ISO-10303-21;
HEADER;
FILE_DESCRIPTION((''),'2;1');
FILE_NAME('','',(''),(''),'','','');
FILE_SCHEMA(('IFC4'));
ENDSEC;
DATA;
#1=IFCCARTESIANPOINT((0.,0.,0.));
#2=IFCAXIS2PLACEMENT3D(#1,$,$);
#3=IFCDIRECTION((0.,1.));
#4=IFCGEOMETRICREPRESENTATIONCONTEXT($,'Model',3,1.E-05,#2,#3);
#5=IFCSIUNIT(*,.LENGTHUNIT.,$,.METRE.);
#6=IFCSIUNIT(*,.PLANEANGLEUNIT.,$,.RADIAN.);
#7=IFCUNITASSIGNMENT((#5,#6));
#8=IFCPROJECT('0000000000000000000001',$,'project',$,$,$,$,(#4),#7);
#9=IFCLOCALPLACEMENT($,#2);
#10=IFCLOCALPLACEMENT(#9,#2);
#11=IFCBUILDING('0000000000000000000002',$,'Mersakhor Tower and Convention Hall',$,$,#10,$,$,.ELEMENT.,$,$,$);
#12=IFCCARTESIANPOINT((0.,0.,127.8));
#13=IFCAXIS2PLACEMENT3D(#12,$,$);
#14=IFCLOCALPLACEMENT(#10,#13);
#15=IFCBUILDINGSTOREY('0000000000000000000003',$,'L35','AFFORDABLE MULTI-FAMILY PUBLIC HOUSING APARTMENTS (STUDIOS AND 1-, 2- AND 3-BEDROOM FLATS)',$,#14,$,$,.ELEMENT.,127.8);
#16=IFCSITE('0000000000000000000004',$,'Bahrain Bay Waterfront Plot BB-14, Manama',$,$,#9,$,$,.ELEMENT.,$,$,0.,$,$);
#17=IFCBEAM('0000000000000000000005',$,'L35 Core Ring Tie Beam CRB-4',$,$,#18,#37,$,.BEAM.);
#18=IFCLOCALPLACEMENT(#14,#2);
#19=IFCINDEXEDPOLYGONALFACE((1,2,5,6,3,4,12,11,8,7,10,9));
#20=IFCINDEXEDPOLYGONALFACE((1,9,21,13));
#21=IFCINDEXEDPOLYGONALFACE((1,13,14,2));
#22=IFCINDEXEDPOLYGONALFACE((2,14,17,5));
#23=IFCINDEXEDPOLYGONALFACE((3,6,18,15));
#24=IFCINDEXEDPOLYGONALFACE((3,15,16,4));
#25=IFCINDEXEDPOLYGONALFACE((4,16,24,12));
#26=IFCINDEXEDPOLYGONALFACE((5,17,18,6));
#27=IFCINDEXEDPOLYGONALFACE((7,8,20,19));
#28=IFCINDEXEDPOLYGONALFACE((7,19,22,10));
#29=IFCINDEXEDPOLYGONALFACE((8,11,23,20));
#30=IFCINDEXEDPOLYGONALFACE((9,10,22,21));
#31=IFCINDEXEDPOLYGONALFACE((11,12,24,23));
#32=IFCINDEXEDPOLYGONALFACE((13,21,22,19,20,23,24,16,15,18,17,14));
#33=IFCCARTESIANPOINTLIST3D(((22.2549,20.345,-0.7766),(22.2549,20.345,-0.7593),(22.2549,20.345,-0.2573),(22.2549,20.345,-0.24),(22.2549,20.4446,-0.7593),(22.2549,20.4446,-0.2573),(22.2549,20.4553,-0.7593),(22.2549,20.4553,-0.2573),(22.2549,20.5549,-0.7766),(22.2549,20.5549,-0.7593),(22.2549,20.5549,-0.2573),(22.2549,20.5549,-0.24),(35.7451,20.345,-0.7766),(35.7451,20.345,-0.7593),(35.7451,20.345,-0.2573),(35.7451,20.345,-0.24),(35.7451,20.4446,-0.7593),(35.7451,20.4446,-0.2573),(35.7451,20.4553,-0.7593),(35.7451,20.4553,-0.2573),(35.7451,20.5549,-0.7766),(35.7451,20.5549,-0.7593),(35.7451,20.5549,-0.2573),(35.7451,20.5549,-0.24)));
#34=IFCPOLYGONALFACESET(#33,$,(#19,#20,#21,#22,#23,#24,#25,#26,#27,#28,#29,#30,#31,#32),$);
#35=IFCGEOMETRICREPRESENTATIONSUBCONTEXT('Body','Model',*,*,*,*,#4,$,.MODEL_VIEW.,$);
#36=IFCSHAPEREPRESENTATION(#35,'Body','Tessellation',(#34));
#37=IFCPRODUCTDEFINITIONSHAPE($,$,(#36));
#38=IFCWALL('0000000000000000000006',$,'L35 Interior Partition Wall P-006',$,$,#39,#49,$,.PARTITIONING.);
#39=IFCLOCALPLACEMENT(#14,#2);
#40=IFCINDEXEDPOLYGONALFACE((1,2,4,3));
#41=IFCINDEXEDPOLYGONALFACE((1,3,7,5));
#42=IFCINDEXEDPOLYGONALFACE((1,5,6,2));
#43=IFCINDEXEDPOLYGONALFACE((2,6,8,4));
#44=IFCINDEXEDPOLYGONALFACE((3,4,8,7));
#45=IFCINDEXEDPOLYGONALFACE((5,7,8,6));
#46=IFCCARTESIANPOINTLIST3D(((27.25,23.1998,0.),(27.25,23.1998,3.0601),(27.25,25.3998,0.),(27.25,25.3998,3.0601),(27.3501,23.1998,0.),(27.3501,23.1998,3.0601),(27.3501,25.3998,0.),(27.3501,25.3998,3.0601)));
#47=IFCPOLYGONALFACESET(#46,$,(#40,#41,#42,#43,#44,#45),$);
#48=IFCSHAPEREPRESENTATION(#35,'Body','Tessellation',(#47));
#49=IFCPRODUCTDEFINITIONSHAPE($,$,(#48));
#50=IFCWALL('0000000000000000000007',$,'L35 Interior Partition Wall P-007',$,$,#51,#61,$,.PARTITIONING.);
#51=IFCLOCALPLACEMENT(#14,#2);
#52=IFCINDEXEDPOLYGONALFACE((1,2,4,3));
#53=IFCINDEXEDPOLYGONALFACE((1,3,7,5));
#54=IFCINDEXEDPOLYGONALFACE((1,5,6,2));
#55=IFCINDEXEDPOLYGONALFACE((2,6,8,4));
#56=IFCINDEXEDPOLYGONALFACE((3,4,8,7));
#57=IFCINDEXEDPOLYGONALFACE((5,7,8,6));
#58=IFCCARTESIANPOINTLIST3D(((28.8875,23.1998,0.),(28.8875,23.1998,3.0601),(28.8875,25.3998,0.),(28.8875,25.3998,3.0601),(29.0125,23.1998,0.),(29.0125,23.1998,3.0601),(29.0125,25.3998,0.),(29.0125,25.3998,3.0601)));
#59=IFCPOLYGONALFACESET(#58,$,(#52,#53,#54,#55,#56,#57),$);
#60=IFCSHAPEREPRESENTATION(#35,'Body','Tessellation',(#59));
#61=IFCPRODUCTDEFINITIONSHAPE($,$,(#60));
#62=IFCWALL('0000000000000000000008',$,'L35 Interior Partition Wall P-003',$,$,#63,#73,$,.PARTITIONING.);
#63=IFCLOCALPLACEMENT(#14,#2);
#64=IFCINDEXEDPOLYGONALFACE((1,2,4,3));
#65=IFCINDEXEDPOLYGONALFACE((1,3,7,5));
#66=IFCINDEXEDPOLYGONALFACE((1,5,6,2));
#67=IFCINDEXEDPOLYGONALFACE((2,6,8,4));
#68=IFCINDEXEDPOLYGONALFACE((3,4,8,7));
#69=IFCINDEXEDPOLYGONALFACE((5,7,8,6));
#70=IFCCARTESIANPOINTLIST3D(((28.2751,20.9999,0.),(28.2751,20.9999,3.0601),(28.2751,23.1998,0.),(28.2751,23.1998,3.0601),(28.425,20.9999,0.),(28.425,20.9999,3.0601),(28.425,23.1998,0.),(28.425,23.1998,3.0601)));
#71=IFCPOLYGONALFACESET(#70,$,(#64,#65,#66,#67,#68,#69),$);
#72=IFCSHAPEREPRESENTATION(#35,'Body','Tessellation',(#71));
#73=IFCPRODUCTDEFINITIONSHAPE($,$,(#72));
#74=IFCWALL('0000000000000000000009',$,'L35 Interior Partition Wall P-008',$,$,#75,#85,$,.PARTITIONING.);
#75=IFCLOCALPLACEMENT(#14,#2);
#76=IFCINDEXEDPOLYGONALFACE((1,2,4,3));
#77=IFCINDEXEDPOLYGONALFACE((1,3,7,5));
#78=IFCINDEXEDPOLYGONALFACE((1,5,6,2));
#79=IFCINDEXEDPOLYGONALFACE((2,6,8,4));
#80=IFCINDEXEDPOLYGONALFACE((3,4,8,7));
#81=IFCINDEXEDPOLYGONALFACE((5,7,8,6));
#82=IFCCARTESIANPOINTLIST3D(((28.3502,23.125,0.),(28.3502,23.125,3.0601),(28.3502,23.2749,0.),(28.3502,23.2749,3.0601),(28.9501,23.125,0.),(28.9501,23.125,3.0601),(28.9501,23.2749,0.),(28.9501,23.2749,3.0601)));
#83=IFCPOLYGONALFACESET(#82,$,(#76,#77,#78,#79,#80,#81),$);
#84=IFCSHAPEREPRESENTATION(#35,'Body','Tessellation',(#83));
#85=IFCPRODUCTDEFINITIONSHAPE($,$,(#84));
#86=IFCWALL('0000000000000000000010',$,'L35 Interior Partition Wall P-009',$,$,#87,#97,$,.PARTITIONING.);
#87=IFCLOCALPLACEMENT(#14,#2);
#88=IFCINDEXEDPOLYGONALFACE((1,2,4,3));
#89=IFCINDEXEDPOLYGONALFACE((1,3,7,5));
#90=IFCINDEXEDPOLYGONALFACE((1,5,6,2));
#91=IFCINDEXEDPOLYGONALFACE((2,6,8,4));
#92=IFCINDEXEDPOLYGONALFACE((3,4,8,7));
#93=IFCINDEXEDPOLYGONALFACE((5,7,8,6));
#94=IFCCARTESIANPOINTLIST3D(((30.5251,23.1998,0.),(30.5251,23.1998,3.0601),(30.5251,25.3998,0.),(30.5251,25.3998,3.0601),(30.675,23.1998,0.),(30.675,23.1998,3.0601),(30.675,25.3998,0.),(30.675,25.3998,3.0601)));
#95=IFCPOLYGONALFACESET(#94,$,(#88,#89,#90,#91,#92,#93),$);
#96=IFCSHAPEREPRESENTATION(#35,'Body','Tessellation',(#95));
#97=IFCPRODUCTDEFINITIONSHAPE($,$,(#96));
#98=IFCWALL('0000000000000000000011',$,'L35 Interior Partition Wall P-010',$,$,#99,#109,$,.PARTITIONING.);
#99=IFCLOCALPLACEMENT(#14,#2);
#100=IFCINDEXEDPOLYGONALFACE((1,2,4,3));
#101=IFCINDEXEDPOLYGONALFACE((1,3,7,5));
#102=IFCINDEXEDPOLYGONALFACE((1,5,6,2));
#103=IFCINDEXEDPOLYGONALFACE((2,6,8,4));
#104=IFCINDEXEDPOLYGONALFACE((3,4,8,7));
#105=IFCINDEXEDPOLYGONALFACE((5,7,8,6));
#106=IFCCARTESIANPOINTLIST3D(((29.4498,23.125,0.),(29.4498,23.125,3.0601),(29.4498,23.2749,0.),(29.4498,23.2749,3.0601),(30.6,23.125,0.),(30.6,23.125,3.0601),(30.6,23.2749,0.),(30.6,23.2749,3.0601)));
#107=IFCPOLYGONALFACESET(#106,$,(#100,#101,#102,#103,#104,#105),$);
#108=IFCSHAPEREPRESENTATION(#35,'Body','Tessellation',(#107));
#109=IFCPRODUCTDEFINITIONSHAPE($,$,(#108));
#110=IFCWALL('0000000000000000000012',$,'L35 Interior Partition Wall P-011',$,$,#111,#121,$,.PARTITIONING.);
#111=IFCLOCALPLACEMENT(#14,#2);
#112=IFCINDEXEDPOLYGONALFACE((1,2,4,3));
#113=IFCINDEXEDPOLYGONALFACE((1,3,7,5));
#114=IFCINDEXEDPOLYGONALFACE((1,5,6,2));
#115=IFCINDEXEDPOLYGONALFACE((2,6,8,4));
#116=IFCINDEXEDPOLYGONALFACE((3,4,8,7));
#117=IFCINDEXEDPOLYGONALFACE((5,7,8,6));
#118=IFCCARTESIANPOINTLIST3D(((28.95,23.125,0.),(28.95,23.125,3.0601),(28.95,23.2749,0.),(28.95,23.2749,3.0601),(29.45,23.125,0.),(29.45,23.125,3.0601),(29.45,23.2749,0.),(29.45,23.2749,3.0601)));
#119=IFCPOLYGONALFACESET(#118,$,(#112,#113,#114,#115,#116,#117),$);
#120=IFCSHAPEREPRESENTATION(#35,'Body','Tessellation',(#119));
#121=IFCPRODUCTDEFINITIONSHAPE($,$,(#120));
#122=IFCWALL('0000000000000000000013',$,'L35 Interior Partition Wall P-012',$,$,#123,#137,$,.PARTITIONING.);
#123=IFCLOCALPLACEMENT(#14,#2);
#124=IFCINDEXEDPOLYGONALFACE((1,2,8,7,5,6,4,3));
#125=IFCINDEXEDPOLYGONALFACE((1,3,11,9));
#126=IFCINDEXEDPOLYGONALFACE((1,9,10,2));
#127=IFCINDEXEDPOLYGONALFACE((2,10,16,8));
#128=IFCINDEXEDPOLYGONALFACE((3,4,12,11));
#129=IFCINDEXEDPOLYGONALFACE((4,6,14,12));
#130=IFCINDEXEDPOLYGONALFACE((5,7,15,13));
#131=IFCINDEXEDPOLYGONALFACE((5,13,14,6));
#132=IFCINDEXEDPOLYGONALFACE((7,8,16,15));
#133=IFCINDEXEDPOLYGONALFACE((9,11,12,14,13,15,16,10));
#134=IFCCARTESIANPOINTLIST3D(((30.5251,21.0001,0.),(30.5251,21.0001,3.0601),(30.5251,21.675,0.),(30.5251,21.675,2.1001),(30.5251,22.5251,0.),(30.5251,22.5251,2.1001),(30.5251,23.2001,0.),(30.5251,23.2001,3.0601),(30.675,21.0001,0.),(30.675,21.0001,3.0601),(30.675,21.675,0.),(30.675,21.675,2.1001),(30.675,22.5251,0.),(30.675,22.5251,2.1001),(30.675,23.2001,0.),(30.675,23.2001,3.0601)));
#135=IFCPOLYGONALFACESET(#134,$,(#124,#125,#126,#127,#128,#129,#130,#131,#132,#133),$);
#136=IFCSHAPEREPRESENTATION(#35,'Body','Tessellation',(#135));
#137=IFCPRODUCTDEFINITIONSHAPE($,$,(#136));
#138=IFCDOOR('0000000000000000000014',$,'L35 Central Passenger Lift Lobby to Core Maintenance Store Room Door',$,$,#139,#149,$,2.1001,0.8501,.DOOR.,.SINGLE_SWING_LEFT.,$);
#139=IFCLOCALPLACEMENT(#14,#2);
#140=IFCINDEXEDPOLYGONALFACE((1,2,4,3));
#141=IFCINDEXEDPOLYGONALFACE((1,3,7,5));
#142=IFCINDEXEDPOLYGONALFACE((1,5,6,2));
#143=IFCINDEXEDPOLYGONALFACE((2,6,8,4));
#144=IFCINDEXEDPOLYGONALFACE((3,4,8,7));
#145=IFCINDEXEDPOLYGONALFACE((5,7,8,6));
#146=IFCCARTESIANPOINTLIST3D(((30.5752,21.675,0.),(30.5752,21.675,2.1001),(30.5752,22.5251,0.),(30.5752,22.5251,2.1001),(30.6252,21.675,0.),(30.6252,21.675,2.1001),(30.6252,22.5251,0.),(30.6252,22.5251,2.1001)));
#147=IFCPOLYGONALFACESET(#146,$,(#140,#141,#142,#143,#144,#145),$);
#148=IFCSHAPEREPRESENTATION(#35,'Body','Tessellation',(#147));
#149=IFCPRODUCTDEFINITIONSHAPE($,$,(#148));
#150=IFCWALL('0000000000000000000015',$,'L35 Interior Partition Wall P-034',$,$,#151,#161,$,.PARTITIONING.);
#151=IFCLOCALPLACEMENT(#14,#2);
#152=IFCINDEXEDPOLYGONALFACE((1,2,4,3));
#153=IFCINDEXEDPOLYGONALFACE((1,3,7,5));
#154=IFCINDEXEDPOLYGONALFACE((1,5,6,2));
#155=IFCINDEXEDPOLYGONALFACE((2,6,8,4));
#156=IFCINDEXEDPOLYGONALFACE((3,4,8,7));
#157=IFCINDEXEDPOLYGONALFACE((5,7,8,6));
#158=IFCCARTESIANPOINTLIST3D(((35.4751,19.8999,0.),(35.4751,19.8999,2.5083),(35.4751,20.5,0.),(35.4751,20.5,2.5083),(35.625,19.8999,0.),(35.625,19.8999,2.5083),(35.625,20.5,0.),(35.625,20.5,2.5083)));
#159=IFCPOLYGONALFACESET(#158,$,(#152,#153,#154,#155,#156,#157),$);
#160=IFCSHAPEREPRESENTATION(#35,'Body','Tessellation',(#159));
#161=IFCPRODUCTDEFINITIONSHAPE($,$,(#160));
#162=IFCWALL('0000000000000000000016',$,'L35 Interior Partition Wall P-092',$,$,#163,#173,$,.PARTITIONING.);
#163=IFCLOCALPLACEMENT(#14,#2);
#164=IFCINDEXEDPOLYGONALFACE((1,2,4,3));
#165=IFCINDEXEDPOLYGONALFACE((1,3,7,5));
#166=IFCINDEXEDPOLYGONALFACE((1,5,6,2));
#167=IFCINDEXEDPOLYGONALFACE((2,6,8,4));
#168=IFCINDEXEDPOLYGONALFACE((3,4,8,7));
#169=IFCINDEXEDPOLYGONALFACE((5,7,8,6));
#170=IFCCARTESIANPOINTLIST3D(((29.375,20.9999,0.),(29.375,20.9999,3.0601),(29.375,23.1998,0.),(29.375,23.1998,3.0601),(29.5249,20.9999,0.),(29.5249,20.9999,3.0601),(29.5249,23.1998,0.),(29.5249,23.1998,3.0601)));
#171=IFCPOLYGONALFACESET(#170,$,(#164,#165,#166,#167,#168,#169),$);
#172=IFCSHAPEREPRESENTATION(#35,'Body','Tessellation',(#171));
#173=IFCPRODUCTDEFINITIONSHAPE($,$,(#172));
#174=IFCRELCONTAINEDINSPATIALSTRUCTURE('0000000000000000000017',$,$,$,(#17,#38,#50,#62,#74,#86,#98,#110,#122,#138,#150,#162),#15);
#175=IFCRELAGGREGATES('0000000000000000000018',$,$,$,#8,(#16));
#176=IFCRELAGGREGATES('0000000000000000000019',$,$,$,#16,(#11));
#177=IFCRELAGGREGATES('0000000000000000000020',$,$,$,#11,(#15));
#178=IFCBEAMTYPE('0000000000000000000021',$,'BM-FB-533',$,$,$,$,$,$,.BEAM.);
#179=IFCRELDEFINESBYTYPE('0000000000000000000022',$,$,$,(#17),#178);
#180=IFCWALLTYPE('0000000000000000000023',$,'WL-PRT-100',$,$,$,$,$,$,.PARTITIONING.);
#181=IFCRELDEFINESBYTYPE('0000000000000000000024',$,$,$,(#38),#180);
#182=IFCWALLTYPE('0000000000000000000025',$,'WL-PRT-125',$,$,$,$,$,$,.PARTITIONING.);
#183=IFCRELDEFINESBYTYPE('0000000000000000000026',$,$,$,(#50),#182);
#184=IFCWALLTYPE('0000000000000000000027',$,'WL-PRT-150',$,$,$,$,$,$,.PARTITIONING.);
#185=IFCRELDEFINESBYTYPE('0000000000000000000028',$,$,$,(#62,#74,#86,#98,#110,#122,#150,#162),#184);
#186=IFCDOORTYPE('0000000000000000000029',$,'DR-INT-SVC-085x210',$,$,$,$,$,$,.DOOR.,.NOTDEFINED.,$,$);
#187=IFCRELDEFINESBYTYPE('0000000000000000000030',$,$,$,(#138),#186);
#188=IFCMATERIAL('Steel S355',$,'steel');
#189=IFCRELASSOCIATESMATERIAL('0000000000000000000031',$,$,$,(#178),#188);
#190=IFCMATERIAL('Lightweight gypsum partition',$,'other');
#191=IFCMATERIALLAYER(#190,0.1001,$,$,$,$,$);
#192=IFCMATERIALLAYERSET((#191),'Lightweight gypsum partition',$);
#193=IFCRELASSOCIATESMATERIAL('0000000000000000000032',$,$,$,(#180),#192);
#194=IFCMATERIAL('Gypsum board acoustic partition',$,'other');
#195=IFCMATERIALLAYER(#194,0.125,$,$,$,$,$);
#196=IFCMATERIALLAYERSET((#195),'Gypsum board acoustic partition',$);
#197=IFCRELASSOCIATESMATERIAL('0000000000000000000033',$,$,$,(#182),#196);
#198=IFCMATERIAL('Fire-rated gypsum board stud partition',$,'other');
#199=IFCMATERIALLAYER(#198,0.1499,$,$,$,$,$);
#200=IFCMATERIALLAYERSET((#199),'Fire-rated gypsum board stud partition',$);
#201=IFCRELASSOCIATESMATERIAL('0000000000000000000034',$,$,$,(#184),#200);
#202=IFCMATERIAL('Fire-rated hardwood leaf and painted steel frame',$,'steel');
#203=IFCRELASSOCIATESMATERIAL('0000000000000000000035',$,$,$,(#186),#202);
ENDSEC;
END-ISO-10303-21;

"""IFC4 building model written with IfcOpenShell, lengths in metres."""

from ifc_helpers import new_model, si_unit, direction, frame, frame_2d, origin, origin_2d, place, context, subcontext, project, spatial, rectangle, i_section, extrude, material, layer, layer_set, material_profile, profile_set, type_object, element, fill, save


model = new_model("IFC4")

# Units and contexts
model_context = context("Model", 3, precision=1e-05, world=origin(), true_north=direction((0.0, 1.0)))
body_context = subcontext(model_context, "Body", "Model", "MODEL_VIEW")
ifc_project = project(units=[si_unit("LENGTHUNIT", "METRE"), si_unit("PLANEANGLEUNIT", "RADIAN")], contexts=[model_context])

# Site, building, storey
site_placement = place(None, origin())
site = spatial("IfcSite", under=ifc_project, at=site_placement, Name="Bahrain Bay Waterfront Plot BB-14, Manama", CompositionType="ELEMENT", RefElevation=0.0)
building_placement = place(site_placement, origin())
building = spatial("IfcBuilding", under=site, at=building_placement, Name="Mersakhor Tower and Convention Hall", CompositionType="ELEMENT")
storey_placement = place(building_placement, frame((0.0, 0.0, 127.8)))
storey = spatial("IfcBuildingStorey", under=building, at=storey_placement, Name="L35", Description="AFFORDABLE MULTI-FAMILY PUBLIC HOUSING APARTMENTS (STUDIOS AND 1-, 2- AND 3-BEDROOM FLATS)", CompositionType="ELEMENT", Elevation=127.8)

# Beam
ifc_material_1 = material(Name="Steel S355", Category="steel")
ifc_material_profile = material_profile(ifc_material_1, i_section(OverallWidth=0.21, OverallDepth=0.5366, WebThickness=0.0107, FlangeThickness=0.0173, at=origin_2d()), Name="UB 533x210x101")
ifc_profile_set = profile_set([ifc_material_profile], Name="Steel S355")
beam_type = type_object("IfcBeamType", Name="BM-FB-533", PredefinedType="BEAM", material=ifc_profile_set)
beam_placement = place(storey_placement, frame((35.7451, 20.45, -0.5083), z_axis=(-1.0, 0.0, 0.0), x_axis=(0.0, -1.0, 0.0)))
element("IfcBeam", 1, at=beam_placement, inside=storey, type_object=beam_type, Name="L35 Core Ring Tie Beam CRB-4", PredefinedType="BEAM", context=body_context, shape_type="SweptSolid", body=[
    extrude(i_section(OverallWidth=0.21, OverallDepth=0.5366, WebThickness=0.0107, FlangeThickness=0.0173, at=origin_2d()), origin(), (0.0, 0.0, 1.0), 13.4902),
])

# Walls
ifc_material_2 = material(Name="Lightweight gypsum partition", Category="other")
ifc_layer_1 = layer(ifc_material_2, 0.1001)
ifc_layer_set_1 = layer_set([ifc_layer_1], Name="Lightweight gypsum partition")
wall_type_1 = type_object("IfcWallType", Name="WL-PRT-100", PredefinedType="PARTITIONING", material=ifc_layer_set_1)
wall_1_placement = place(storey_placement, frame((27.3, 25.3999, 0.0), z_axis=(0.0, 0.0, 1.0), x_axis=(0.0, -1.0, 0.0)))
element("IfcWall", 2, at=wall_1_placement, inside=storey, type_object=wall_type_1, Name="L35 Interior Partition Wall P-006", PredefinedType="PARTITIONING", context=body_context, shape_type="SweptSolid", body=[
    extrude(rectangle(XDim=2.2, YDim=0.1001, at=frame_2d((1.1001, 0.0))), origin(), (0.0, 0.0, 1.0), 3.0601),
])
ifc_material_3 = material(Name="Gypsum board acoustic partition", Category="other")
ifc_layer_2 = layer(ifc_material_3, 0.125)
ifc_layer_set_2 = layer_set([ifc_layer_2], Name="Gypsum board acoustic partition")
wall_type_2 = type_object("IfcWallType", Name="WL-PRT-125", PredefinedType="PARTITIONING", material=ifc_layer_set_2)
wall_2_placement = place(storey_placement, frame((28.95, 25.3999, 0.0), z_axis=(0.0, 0.0, 1.0), x_axis=(0.0, -1.0, 0.0)))
element("IfcWall", 3, at=wall_2_placement, inside=storey, type_object=wall_type_2, Name="L35 Interior Partition Wall P-007", PredefinedType="PARTITIONING", context=body_context, shape_type="SweptSolid", body=[
    extrude(rectangle(XDim=2.2, YDim=0.125, at=frame_2d((1.1001, 0.0))), origin(), (0.0, 0.0, 1.0), 3.0601),
])
ifc_material_4 = material(Name="Fire-rated gypsum board stud partition", Category="other")
ifc_layer_3 = layer(ifc_material_4, 0.1499)
ifc_layer_set_3 = layer_set([ifc_layer_3], Name="Fire-rated gypsum board stud partition")
wall_type_3 = type_object("IfcWallType", Name="WL-PRT-150", PredefinedType="PARTITIONING", material=ifc_layer_set_3)
wall_3_placement = place(storey_placement, frame((28.3501, 23.2, 0.0), z_axis=(0.0, 0.0, 1.0), x_axis=(0.0, -1.0, 0.0)))
element("IfcWall", 4, at=wall_3_placement, inside=storey, type_object=wall_type_3, Name="L35 Interior Partition Wall P-003", PredefinedType="PARTITIONING", context=body_context, shape_type="SweptSolid", body=[
    extrude(rectangle(XDim=2.2, YDim=0.1499, at=frame_2d((1.1001, 0.0))), origin(), (0.0, 0.0, 1.0), 3.0601),
])
wall_4_placement = place(storey_placement, frame((28.95, 23.2, 0.0), z_axis=(0.0, 0.0, 1.0), x_axis=(-1.0, 0.0, 0.0)))
element("IfcWall", 5, at=wall_4_placement, inside=storey, type_object=wall_type_3, Name="L35 Interior Partition Wall P-008", PredefinedType="PARTITIONING", context=body_context, shape_type="SweptSolid", body=[
    extrude(rectangle(XDim=0.5999, YDim=0.1499, at=frame_2d((0.2998, 0.0))), origin(), (0.0, 0.0, 1.0), 3.0601),
])
wall_5_placement = place(storey_placement, frame((30.6001, 25.3999, 0.0), z_axis=(0.0, 0.0, 1.0), x_axis=(0.0, -1.0, 0.0)))
element("IfcWall", 6, at=wall_5_placement, inside=storey, type_object=wall_type_3, Name="L35 Interior Partition Wall P-009", PredefinedType="PARTITIONING", context=body_context, shape_type="SweptSolid", body=[
    extrude(rectangle(XDim=2.2, YDim=0.1499, at=frame_2d((1.1001, 0.0))), origin(), (0.0, 0.0, 1.0), 3.0601),
])
wall_6_placement = place(storey_placement, frame((30.6001, 23.2, 0.0), z_axis=(0.0, 0.0, 1.0), x_axis=(-1.0, 0.0, 0.0)))
element("IfcWall", 7, at=wall_6_placement, inside=storey, type_object=wall_type_3, Name="L35 Interior Partition Wall P-010", PredefinedType="PARTITIONING", context=body_context, shape_type="SweptSolid", body=[
    extrude(rectangle(XDim=1.1501, YDim=0.1499, at=frame_2d((0.5752, 0.0))), origin(), (0.0, 0.0, 1.0), 3.0601),
])
wall_7_placement = place(storey_placement, frame((29.45, 23.2, 0.0), z_axis=(0.0, 0.0, 1.0), x_axis=(-1.0, 0.0, 0.0)))
element("IfcWall", 8, at=wall_7_placement, inside=storey, type_object=wall_type_3, Name="L35 Interior Partition Wall P-011", PredefinedType="PARTITIONING", context=body_context, shape_type="SweptSolid", body=[
    extrude(rectangle(XDim=0.5, YDim=0.1499, at=frame_2d((0.25, 0.0))), origin(), (0.0, 0.0, 1.0), 3.0601),
])

# Wall, opening, door
wall_8_placement = place(storey_placement, frame((30.6001, 21.0, 0.0), z_axis=(0.0, 0.0, 1.0), x_axis=(0.0, 1.0, 0.0)))
wall_8 = element("IfcWall", 9, at=wall_8_placement, inside=storey, type_object=wall_type_3, Name="L35 Interior Partition Wall P-012", PredefinedType="PARTITIONING", context=body_context, shape_type="SweptSolid", body=[
    extrude(rectangle(XDim=2.2, YDim=0.1499, at=frame_2d((1.1001, 0.0))), origin(), (0.0, 0.0, 1.0), 3.0601),
])
opening_1_placement = place(wall_8_placement, frame((0.675, 0.0, 0.0)))
opening_1 = element("IfcOpeningElement", 10, at=opening_1_placement, cuts=wall_8, PredefinedType="OPENING", context=body_context, shape_type="SweptSolid", body=[
    extrude(rectangle(XDim=0.8501, YDim=2.1001, at=frame_2d((0.425, 1.05))), frame((0.0, 0.085, 0.0), z_axis=(0.0, -1.0, 0.0), x_axis=(1.0, 0.0, 0.0)), (0.0, 0.0, 1.0), 0.1699),
])
ifc_material_5 = material(Name="Fire-rated hardwood leaf and painted steel frame", Category="steel")
door_type_1 = type_object("IfcDoorType", Name="DR-INT-SVC-085x210", OperationType="NOTDEFINED", PredefinedType="DOOR", material=ifc_material_5)
door_1_placement = place(opening_1_placement, origin())
door_1 = element("IfcDoor", 11, at=door_1_placement, inside=storey, type_object=door_type_1, Name="L35 Central Passenger Lift Lobby to Core Maintenance Store Room Door", OperationType="SINGLE_SWING_LEFT", OverallHeight=2.1001, OverallWidth=0.8501, PredefinedType="DOOR", context=body_context, shape_type="SweptSolid", body=[
    extrude(rectangle(XDim=0.8501, YDim=2.1001, at=frame_2d((0.425, 1.05))), frame((0.0, 0.0249, 0.0), z_axis=(0.0, -1.0, 0.0), x_axis=(1.0, 0.0, 0.0)), (0.0, 0.0, 1.0), 0.05),
])
fill(opening_1, door_1)

# Walls
wall_9_placement = place(storey_placement, frame((35.55, 20.5, 0.0), z_axis=(0.0, 0.0, 1.0), x_axis=(0.0, -1.0, 0.0)))
element("IfcWall", 12, at=wall_9_placement, inside=storey, type_object=wall_type_3, Name="L35 Interior Partition Wall P-034", PredefinedType="PARTITIONING", context=body_context, shape_type="SweptSolid", body=[
    extrude(rectangle(XDim=0.6001, YDim=0.1499, at=frame_2d((0.3, 0.0))), origin(), (0.0, 0.0, 1.0), 2.5083),
])
wall_10_placement = place(storey_placement, frame((29.45, 23.2, 0.0), z_axis=(0.0, 0.0, 1.0), x_axis=(0.0, -1.0, 0.0)))
element("IfcWall", 13, at=wall_10_placement, inside=storey, type_object=wall_type_3, Name="L35 Interior Partition Wall P-092", PredefinedType="PARTITIONING", context=body_context, shape_type="SweptSolid", body=[
    extrude(rectangle(XDim=2.2, YDim=0.1499, at=frame_2d((1.1001, 0.0))), origin(), (0.0, 0.0, 1.0), 3.0601),
])

save(model, "model.ifc")
